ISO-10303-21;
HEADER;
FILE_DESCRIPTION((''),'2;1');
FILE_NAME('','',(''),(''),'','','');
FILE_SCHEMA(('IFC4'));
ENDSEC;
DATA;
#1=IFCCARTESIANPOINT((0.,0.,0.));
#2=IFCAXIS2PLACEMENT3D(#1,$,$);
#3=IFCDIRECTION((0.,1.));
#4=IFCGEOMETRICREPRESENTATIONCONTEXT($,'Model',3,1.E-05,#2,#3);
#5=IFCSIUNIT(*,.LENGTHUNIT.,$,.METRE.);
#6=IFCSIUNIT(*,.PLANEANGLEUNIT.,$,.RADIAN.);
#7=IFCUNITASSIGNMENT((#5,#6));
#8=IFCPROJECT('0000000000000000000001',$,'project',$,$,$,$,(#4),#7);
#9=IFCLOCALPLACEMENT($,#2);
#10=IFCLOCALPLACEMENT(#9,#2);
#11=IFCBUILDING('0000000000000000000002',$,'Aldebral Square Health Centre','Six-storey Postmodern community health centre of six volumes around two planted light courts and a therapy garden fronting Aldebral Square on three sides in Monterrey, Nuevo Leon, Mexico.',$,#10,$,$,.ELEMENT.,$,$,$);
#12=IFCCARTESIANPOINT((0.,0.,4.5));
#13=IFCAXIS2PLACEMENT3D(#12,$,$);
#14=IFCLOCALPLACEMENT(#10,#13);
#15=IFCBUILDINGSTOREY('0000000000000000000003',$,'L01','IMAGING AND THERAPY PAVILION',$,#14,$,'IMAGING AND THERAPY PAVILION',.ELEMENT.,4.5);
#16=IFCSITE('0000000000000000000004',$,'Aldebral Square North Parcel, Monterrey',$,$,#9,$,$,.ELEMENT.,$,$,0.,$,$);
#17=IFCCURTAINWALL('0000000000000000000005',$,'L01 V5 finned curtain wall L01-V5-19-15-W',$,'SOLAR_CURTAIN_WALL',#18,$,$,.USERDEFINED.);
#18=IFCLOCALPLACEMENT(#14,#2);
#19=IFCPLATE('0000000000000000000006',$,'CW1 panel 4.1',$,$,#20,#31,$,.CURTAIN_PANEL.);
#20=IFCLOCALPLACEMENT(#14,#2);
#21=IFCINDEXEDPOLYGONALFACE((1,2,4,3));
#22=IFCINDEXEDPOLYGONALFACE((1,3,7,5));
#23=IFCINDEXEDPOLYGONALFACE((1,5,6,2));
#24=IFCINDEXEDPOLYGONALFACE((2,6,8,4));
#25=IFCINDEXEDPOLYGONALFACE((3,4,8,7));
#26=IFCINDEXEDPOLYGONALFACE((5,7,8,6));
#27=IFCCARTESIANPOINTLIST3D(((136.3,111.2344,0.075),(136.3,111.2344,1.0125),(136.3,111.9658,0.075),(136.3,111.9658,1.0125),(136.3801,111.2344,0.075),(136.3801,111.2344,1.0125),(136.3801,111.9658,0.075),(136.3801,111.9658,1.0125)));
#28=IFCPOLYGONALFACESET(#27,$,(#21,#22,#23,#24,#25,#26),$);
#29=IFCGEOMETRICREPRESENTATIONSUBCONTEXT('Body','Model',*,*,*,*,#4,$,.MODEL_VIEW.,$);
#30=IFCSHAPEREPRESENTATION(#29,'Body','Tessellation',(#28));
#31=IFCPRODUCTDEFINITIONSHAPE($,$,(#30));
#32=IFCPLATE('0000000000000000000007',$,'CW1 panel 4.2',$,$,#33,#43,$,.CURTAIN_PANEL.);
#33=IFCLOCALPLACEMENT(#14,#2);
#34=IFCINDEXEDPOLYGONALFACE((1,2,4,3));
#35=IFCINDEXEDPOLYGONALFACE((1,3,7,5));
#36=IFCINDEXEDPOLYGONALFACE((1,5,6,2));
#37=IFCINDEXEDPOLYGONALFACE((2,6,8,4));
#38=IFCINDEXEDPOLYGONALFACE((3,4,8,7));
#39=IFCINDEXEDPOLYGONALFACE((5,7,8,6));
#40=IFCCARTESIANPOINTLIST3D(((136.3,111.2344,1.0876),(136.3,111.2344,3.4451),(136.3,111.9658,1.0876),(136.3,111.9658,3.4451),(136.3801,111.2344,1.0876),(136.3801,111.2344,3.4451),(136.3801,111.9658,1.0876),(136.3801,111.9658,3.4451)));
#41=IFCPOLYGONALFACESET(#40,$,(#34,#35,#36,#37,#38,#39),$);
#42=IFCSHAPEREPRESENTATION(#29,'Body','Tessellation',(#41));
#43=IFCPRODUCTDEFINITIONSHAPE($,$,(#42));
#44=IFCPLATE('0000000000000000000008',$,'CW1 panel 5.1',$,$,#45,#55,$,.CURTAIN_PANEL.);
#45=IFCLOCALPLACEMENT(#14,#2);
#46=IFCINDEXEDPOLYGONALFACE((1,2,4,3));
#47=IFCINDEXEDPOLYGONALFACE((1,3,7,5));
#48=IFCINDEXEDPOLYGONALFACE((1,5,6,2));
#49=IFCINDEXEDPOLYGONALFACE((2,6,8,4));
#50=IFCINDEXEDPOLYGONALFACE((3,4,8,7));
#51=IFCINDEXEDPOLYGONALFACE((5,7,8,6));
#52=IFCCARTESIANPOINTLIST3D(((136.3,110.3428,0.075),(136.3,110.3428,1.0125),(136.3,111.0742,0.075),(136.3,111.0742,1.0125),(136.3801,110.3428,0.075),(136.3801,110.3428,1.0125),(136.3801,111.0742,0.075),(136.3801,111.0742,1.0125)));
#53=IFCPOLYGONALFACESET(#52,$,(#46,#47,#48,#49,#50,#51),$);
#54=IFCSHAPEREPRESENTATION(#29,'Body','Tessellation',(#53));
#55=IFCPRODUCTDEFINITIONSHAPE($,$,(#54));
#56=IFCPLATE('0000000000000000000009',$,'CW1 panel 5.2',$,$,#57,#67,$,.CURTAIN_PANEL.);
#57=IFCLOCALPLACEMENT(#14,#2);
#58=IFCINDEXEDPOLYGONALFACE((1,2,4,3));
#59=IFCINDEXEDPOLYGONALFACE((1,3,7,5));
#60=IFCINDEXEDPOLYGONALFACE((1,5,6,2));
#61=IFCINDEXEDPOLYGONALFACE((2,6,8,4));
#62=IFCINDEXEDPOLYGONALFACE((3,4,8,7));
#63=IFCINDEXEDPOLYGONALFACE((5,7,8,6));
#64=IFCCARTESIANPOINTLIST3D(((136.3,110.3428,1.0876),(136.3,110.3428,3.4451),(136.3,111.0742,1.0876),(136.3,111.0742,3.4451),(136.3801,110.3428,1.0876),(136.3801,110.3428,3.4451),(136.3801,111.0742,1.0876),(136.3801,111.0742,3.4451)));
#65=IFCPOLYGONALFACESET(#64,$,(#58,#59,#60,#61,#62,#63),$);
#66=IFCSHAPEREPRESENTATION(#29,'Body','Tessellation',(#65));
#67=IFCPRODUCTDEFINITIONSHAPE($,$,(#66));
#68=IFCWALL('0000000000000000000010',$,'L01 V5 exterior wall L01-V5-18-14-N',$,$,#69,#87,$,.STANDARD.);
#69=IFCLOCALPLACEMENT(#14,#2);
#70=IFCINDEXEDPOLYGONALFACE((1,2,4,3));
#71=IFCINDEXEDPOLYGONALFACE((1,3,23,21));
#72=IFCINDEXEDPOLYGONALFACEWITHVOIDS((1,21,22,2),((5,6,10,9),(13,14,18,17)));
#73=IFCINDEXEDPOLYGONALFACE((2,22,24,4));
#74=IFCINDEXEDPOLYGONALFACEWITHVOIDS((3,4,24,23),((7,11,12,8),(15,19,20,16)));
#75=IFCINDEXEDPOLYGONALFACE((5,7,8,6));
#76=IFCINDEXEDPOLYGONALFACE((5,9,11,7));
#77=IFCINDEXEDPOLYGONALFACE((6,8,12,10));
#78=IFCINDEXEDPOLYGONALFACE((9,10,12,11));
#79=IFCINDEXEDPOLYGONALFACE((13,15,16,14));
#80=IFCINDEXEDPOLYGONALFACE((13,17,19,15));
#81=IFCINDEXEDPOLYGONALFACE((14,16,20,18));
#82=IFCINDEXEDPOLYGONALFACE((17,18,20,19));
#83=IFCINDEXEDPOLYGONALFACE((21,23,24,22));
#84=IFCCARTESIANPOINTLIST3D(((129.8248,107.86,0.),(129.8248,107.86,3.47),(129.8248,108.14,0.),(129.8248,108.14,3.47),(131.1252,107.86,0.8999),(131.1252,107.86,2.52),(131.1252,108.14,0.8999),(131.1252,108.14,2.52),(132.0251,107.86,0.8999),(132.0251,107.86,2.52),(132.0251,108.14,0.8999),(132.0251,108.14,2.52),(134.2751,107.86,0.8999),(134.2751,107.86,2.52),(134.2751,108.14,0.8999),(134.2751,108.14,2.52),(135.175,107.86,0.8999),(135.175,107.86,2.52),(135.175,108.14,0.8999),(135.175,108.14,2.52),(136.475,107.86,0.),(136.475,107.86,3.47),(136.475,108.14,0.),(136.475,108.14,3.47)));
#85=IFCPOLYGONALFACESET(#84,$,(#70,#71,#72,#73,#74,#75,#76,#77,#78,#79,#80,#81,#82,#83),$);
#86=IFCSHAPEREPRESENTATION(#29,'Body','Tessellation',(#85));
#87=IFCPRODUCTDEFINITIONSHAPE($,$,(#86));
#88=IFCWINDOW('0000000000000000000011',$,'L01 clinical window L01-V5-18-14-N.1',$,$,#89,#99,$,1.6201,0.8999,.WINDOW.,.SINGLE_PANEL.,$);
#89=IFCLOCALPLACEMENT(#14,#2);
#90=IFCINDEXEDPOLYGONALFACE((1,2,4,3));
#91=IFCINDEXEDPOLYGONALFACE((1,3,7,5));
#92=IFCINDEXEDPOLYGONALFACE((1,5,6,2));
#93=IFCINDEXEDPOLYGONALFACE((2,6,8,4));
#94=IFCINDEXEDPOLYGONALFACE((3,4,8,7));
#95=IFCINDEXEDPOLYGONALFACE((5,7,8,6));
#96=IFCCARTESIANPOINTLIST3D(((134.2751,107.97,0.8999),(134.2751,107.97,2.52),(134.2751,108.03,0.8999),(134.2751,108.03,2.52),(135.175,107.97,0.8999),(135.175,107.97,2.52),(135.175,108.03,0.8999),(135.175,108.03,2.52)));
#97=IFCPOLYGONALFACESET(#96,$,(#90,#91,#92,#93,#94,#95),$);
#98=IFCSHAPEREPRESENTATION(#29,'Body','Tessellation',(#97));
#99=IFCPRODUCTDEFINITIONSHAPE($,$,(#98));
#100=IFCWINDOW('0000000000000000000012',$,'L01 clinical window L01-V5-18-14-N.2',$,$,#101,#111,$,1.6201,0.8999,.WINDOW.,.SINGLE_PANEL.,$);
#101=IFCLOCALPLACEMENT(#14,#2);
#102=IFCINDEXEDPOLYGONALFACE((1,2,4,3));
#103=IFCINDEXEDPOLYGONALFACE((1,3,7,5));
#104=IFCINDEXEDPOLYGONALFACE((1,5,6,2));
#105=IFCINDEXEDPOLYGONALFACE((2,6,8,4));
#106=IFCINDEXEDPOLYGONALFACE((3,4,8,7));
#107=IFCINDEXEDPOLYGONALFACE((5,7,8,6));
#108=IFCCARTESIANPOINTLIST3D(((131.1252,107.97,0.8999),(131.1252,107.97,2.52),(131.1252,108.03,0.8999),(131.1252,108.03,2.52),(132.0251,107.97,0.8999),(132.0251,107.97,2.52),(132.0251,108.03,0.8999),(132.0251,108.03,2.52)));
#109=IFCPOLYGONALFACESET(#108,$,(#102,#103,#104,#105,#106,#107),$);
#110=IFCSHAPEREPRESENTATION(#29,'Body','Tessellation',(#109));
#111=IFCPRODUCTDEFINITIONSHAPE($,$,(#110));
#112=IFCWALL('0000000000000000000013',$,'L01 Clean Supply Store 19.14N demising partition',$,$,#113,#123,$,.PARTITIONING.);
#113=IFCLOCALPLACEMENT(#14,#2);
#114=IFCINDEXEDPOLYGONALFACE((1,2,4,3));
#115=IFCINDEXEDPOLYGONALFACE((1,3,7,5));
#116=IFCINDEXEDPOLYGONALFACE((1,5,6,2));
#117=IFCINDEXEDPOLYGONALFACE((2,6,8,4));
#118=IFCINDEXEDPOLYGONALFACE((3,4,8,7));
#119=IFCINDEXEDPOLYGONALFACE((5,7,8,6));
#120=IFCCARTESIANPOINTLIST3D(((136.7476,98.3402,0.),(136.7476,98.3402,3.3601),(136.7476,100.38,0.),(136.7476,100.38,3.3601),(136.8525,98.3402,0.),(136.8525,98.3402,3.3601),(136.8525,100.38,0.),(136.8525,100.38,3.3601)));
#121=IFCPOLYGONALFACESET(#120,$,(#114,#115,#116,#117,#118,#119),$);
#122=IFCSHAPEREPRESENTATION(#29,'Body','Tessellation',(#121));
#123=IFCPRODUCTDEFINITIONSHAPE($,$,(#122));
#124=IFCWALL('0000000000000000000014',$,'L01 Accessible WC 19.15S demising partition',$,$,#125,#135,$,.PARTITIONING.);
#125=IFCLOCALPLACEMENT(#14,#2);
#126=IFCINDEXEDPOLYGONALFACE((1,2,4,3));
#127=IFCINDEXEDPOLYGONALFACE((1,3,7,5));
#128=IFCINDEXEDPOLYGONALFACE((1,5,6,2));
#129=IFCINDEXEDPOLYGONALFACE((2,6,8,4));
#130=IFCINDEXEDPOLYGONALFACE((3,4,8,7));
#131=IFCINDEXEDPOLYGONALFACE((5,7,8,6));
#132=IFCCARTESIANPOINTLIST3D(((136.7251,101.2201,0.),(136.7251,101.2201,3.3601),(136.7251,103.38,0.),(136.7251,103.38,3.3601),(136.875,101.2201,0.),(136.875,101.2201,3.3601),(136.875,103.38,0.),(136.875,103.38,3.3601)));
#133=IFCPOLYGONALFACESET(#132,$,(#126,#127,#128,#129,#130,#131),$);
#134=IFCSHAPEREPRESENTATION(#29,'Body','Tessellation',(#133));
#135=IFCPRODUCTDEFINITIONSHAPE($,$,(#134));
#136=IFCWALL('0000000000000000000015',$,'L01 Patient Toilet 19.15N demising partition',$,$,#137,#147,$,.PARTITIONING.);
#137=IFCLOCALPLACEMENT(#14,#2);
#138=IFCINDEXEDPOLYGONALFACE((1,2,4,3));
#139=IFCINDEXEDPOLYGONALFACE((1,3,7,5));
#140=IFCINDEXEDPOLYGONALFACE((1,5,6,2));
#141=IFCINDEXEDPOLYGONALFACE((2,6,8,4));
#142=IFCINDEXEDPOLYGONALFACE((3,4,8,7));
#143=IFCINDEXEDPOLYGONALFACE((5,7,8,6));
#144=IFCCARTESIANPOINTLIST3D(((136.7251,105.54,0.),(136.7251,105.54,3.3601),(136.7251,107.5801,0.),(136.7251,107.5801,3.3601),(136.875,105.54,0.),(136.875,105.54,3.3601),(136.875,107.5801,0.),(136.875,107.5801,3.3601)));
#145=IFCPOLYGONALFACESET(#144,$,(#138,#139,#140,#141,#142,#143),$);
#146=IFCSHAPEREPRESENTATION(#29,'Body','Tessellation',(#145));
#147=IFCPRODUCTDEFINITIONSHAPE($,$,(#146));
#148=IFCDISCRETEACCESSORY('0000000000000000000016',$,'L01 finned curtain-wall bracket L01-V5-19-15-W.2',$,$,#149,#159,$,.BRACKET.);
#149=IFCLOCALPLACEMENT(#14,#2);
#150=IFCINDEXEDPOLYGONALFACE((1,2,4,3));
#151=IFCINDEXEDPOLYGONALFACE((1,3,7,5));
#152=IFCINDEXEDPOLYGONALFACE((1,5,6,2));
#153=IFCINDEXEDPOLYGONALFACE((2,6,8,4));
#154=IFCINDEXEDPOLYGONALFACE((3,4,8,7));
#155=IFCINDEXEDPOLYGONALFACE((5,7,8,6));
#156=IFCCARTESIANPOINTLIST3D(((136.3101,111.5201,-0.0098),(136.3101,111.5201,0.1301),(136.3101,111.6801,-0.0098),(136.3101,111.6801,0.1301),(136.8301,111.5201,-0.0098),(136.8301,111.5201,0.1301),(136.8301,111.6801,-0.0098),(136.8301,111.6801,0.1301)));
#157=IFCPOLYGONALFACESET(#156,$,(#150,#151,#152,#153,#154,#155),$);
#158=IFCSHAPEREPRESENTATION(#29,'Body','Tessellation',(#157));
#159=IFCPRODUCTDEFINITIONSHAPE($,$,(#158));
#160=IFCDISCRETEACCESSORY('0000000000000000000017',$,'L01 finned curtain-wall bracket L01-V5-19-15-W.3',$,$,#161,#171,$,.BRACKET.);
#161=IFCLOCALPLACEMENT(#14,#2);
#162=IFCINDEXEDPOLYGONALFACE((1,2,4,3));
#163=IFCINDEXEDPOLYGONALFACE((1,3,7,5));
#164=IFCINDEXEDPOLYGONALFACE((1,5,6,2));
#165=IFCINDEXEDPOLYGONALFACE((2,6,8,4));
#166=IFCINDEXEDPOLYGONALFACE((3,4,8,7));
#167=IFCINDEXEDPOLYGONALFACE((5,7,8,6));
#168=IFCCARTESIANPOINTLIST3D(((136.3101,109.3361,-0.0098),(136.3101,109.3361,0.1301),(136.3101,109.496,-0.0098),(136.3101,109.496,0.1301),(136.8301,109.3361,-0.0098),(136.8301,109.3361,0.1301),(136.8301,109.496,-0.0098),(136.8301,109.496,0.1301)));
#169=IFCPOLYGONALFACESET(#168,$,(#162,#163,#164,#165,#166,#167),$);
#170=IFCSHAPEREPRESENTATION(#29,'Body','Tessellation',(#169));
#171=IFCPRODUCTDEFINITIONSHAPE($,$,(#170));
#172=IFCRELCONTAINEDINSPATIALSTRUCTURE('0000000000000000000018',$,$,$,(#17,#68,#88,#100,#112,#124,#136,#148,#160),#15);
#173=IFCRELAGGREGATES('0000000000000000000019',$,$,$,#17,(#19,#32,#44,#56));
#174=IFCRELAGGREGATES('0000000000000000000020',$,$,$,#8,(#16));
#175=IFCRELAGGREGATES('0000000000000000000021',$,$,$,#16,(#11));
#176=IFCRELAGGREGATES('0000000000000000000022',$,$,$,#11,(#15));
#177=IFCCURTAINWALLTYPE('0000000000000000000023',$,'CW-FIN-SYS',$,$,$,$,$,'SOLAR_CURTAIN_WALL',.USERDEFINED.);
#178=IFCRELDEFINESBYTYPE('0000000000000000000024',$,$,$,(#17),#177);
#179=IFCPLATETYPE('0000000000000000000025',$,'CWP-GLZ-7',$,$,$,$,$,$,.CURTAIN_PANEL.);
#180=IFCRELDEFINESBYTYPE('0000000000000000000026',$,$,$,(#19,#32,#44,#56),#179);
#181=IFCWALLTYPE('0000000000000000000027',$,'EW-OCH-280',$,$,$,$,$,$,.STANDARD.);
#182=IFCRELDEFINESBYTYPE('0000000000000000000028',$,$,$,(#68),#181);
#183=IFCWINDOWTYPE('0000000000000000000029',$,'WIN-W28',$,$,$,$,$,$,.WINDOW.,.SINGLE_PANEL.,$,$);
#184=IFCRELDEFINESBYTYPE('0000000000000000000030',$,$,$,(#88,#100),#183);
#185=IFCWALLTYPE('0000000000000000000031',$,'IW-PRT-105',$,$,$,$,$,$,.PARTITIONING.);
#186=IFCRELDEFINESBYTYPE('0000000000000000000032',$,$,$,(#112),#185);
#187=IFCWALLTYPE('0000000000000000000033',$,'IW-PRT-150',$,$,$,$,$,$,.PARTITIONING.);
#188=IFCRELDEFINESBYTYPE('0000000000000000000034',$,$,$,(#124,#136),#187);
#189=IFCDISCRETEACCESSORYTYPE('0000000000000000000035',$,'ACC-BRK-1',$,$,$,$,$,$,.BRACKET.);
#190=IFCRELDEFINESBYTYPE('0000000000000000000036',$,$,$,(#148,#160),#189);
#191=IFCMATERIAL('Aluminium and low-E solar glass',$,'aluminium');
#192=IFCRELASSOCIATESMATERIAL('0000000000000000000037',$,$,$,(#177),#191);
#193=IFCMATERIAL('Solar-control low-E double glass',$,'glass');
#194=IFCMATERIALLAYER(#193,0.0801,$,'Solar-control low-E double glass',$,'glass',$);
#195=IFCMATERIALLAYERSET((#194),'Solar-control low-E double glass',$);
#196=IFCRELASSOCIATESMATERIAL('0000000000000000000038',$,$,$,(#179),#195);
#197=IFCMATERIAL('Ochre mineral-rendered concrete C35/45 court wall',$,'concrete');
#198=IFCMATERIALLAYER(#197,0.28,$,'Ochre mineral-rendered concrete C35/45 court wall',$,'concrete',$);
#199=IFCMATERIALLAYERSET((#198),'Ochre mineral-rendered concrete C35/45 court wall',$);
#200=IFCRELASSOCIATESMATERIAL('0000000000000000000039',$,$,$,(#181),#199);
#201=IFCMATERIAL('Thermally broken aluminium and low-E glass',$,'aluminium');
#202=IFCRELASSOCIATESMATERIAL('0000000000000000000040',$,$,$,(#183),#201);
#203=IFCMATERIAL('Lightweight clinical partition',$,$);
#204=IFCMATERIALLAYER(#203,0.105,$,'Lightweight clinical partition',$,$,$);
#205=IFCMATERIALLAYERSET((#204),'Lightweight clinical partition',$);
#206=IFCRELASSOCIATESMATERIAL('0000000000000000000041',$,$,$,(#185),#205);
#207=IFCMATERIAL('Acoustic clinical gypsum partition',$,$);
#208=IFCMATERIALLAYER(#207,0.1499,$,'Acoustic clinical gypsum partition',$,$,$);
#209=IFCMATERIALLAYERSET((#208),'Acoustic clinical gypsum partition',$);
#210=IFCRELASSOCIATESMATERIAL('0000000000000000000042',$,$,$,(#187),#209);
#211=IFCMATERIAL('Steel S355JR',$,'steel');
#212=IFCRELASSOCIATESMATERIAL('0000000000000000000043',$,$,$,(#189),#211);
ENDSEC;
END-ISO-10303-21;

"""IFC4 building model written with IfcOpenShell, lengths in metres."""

from ifc_helpers import new_model, si_unit, direction, frame, frame_2d, origin, origin_2d, place, context, subcontext, project, spatial, rectangle, extrude, material, layer, layer_set, type_object, element, fill, aggregate, save


model = new_model("IFC4")

# Units and contexts
model_context = context("Model", 3, precision=1e-05, world=origin(), true_north=direction((0.0, 1.0)))
body_context = subcontext(model_context, "Body", "Model", "MODEL_VIEW")
ifc_project = project(units=[si_unit("LENGTHUNIT", "METRE"), si_unit("PLANEANGLEUNIT", "RADIAN")], contexts=[model_context])

# Site, building, storey
site_placement = place(None, origin())
site = spatial("IfcSite", under=ifc_project, at=site_placement, Name="Aldebral Square North Parcel, Monterrey", CompositionType="ELEMENT", RefElevation=0.0)
building_placement = place(site_placement, origin())
building = spatial("IfcBuilding", under=site, at=building_placement, Name="Aldebral Square Health Centre", Description="Six-storey Postmodern community health centre of six volumes around two planted light courts and a therapy garden fronting Aldebral Square on three sides in Monterrey, Nuevo Leon, Mexico.", CompositionType="ELEMENT")
storey_placement = place(building_placement, frame((0.0, 0.0, 4.5)))
storey = spatial("IfcBuildingStorey", under=building, at=storey_placement, Name="L01", Description="IMAGING AND THERAPY PAVILION", LongName="IMAGING AND THERAPY PAVILION", CompositionType="ELEMENT", Elevation=4.5)

# Curtain wall, plates
ifc_material_1 = material(Name="Aluminium and low-E solar glass", Category="aluminium")
curtain_wall_type = type_object("IfcCurtainWallType", Name="CW-FIN-SYS", ElementType="SOLAR_CURTAIN_WALL", PredefinedType="USERDEFINED", material=ifc_material_1)
curtain_wall_placement = place(storey_placement, origin())
curtain_wall = element("IfcCurtainWall", 1, at=curtain_wall_placement, inside=storey, type_object=curtain_wall_type, Name="L01 V5 finned curtain wall L01-V5-19-15-W", ObjectType="SOLAR_CURTAIN_WALL", PredefinedType="USERDEFINED")
ifc_material_2 = material(Name="Solar-control low-E double glass", Category="glass")
ifc_layer_1 = layer(ifc_material_2, 0.0801, Name="Solar-control low-E double glass", Category="glass")
ifc_layer_set_1 = layer_set([ifc_layer_1], Name="Solar-control low-E double glass")
plate_type = type_object("IfcPlateType", Name="CWP-GLZ-7", PredefinedType="CURTAIN_PANEL", material=ifc_layer_set_1)
plate_1_placement = place(storey_placement, frame((136.3401, 111.6001, 0.075), z_axis=(0.0, 0.0, 1.0), x_axis=(0.0, -1.0, 0.0)))
plate_1 = element("IfcPlate", 2, at=plate_1_placement, type_object=plate_type, Name="CW1 panel 4.1", PredefinedType="CURTAIN_PANEL", context=body_context, shape_type="SweptSolid", body=[
    extrude(rectangle(XDim=0.7314, YDim=0.0801, at=origin_2d()), origin(), (0.0, 0.0, 1.0), 0.9375),
])
plate_2_placement = place(storey_placement, frame((136.3401, 111.6001, 1.0876), z_axis=(0.0, 0.0, 1.0), x_axis=(0.0, -1.0, 0.0)))
plate_2 = element("IfcPlate", 3, at=plate_2_placement, type_object=plate_type, Name="CW1 panel 4.2", PredefinedType="CURTAIN_PANEL", context=body_context, shape_type="SweptSolid", body=[
    extrude(rectangle(XDim=0.7314, YDim=0.0801, at=origin_2d()), origin(), (0.0, 0.0, 1.0), 2.3574),
])
plate_3_placement = place(storey_placement, frame((136.3401, 110.7085, 0.075), z_axis=(0.0, 0.0, 1.0), x_axis=(0.0, -1.0, 0.0)))
plate_3 = element("IfcPlate", 4, at=plate_3_placement, type_object=plate_type, Name="CW1 panel 5.1", PredefinedType="CURTAIN_PANEL", context=body_context, shape_type="SweptSolid", body=[
    extrude(rectangle(XDim=0.7314, YDim=0.0801, at=origin_2d()), origin(), (0.0, 0.0, 1.0), 0.9375),
])
plate_4_placement = place(storey_placement, frame((136.3401, 110.7085, 1.0876), z_axis=(0.0, 0.0, 1.0), x_axis=(0.0, -1.0, 0.0)))
plate_4 = element("IfcPlate", 5, at=plate_4_placement, type_object=plate_type, Name="CW1 panel 5.2", PredefinedType="CURTAIN_PANEL", context=body_context, shape_type="SweptSolid", body=[
    extrude(rectangle(XDim=0.7314, YDim=0.0801, at=origin_2d()), origin(), (0.0, 0.0, 1.0), 2.3574),
])
aggregate(curtain_wall, [plate_1, plate_2, plate_3, plate_4])

# Wall, openings, windows
ifc_material_3 = material(Name="Ochre mineral-rendered concrete C35/45 court wall", Category="concrete")
ifc_layer_2 = layer(ifc_material_3, 0.28, Name="Ochre mineral-rendered concrete C35/45 court wall", Category="concrete")
ifc_layer_set_2 = layer_set([ifc_layer_2], Name="Ochre mineral-rendered concrete C35/45 court wall")
wall_type_1 = type_object("IfcWallType", Name="EW-OCH-280", PredefinedType="STANDARD", material=ifc_layer_set_2)
wall_1_placement = place(storey_placement, frame((136.4751, 108.0, 0.0), z_axis=(0.0, 0.0, 1.0), x_axis=(-1.0, 0.0, 0.0)))
wall_1 = element("IfcWall", 6, at=wall_1_placement, inside=storey, type_object=wall_type_1, Name="L01 V5 exterior wall L01-V5-18-14-N", PredefinedType="STANDARD", context=body_context, shape_type="SweptSolid", body=[
    extrude(rectangle(XDim=6.6501, YDim=0.28, at=frame_2d((3.3252, 0.0))), origin(), (0.0, 0.0, 1.0), 3.47),
])
opening_1_placement = place(wall_1_placement, frame((1.3, 0.0, 0.8999)))
opening_1 = element("IfcOpeningElement", 7, at=opening_1_placement, cuts=wall_1, PredefinedType="OPENING", context=body_context, shape_type="SweptSolid", body=[
    extrude(rectangle(XDim=0.8999, YDim=1.6201, at=frame_2d((0.45, 0.8101))), frame((0.0, 0.1499, 0.0), z_axis=(0.0, -1.0, 0.0), x_axis=(1.0, 0.0, 0.0)), (0.0, 0.0, 1.0), 0.3),
])
opening_2_placement = place(wall_1_placement, frame((4.45, 0.0, 0.8999)))
opening_2 = element("IfcOpeningElement", 8, at=opening_2_placement, cuts=wall_1, PredefinedType="OPENING", context=body_context, shape_type="SweptSolid", body=[
    extrude(rectangle(XDim=0.8999, YDim=1.6201, at=frame_2d((0.45, 0.8101))), frame((0.0, 0.1499, 0.0), z_axis=(0.0, -1.0, 0.0), x_axis=(1.0, 0.0, 0.0)), (0.0, 0.0, 1.0), 0.3),
])
ifc_material_4 = material(Name="Thermally broken aluminium and low-E glass", Category="aluminium")
window_type = type_object("IfcWindowType", Name="WIN-W28", PartitioningType="SINGLE_PANEL", PredefinedType="WINDOW", material=ifc_material_4)
window_1_placement = place(opening_1_placement, origin())
window_1 = element("IfcWindow", 9, at=window_1_placement, inside=storey, type_object=window_type, Name="L01 clinical window L01-V5-18-14-N.1", OverallHeight=1.6201, OverallWidth=0.8999, PartitioningType="SINGLE_PANEL", PredefinedType="WINDOW", context=body_context, shape_type="SweptSolid", body=[
    extrude(rectangle(XDim=0.8999, YDim=1.6201, at=frame_2d((0.45, 0.8101))), frame((0.0, 0.03, 0.0), z_axis=(0.0, -1.0, 0.0), x_axis=(1.0, 0.0, 0.0)), (0.0, 0.0, 1.0), 0.0601),
])
fill(opening_1, window_1)
window_2_placement = place(opening_2_placement, origin())
window_2 = element("IfcWindow", 10, at=window_2_placement, inside=storey, type_object=window_type, Name="L01 clinical window L01-V5-18-14-N.2", OverallHeight=1.6201, OverallWidth=0.8999, PartitioningType="SINGLE_PANEL", PredefinedType="WINDOW", context=body_context, shape_type="SweptSolid", body=[
    extrude(rectangle(XDim=0.8999, YDim=1.6201, at=frame_2d((0.45, 0.8101))), frame((0.0, 0.03, 0.0), z_axis=(0.0, -1.0, 0.0), x_axis=(1.0, 0.0, 0.0)), (0.0, 0.0, 1.0), 0.0601),
])
fill(opening_2, window_2)

# Walls
ifc_material_5 = material(Name="Lightweight clinical partition")
ifc_layer_3 = layer(ifc_material_5, 0.105, Name="Lightweight clinical partition")
ifc_layer_set_3 = layer_set([ifc_layer_3], Name="Lightweight clinical partition")
wall_type_2 = type_object("IfcWallType", Name="IW-PRT-105", PredefinedType="PARTITIONING", material=ifc_layer_set_3)
wall_2_placement = place(storey_placement, frame((136.8, 98.3401, 0.0), z_axis=(0.0, 0.0, 1.0), x_axis=(0.0, 1.0, 0.0)))
element("IfcWall", 11, at=wall_2_placement, inside=storey, type_object=wall_type_2, Name="L01 Clean Supply Store 19.14N demising partition", PredefinedType="PARTITIONING", context=body_context, shape_type="SweptSolid", body=[
    extrude(rectangle(XDim=2.0398, YDim=0.105, at=frame_2d((1.02, 0.0))), origin(), (0.0, 0.0, 1.0), 3.3601),
])
ifc_material_6 = material(Name="Acoustic clinical gypsum partition")
ifc_layer_4 = layer(ifc_material_6, 0.1499, Name="Acoustic clinical gypsum partition")
ifc_layer_set_4 = layer_set([ifc_layer_4], Name="Acoustic clinical gypsum partition")
wall_type_3 = type_object("IfcWallType", Name="IW-PRT-150", PredefinedType="PARTITIONING", material=ifc_layer_set_4)
wall_3_placement = place(storey_placement, frame((136.8, 101.22, 0.0), z_axis=(0.0, 0.0, 1.0), x_axis=(0.0, 1.0, 0.0)))
element("IfcWall", 12, at=wall_3_placement, inside=storey, type_object=wall_type_3, Name="L01 Accessible WC 19.15S demising partition", PredefinedType="PARTITIONING", context=body_context, shape_type="SweptSolid", body=[
    extrude(rectangle(XDim=2.1599, YDim=0.1499, at=frame_2d((1.0801, 0.0))), origin(), (0.0, 0.0, 1.0), 3.3601),
])
wall_4_placement = place(storey_placement, frame((136.8, 105.54, 0.0), z_axis=(0.0, 0.0, 1.0), x_axis=(0.0, 1.0, 0.0)))
element("IfcWall", 13, at=wall_4_placement, inside=storey, type_object=wall_type_3, Name="L01 Patient Toilet 19.15N demising partition", PredefinedType="PARTITIONING", context=body_context, shape_type="SweptSolid", body=[
    extrude(rectangle(XDim=2.04, YDim=0.1499, at=frame_2d((1.02, 0.0))), origin(), (0.0, 0.0, 1.0), 3.3601),
])

# Discrete accessories
ifc_material_7 = material(Name="Steel S355JR", Category="steel")
discrete_accessory_type = type_object("IfcDiscreteAccessoryType", Name="ACC-BRK-1", PredefinedType="BRACKET", material=ifc_material_7)
for number, where, z_axis, x_axis, name in (
    (14, (136.5701, 111.6001, -0.0098), (0.0, 0.0, 1.0), (0.0, 1.0, 0.0), "L01 finned curtain-wall bracket L01-V5-19-15-W.2"),
    (15, (136.5701, 109.416, -0.0098), (0.0, 0.0, 1.0), (0.0, 1.0, 0.0), "L01 finned curtain-wall bracket L01-V5-19-15-W.3"),
):
    element("IfcDiscreteAccessory", number, at=place(storey_placement, frame(where, z_axis=z_axis, x_axis=x_axis)), inside=storey, type_object=discrete_accessory_type, Name=name, PredefinedType="BRACKET", context=body_context, shape_type="SweptSolid", body=[
        extrude(rectangle(XDim=0.1599, YDim=0.52, at=origin_2d()), origin(), (0.0, 0.0, 1.0), 0.1399),
    ])

save(model, "model.ifc")
